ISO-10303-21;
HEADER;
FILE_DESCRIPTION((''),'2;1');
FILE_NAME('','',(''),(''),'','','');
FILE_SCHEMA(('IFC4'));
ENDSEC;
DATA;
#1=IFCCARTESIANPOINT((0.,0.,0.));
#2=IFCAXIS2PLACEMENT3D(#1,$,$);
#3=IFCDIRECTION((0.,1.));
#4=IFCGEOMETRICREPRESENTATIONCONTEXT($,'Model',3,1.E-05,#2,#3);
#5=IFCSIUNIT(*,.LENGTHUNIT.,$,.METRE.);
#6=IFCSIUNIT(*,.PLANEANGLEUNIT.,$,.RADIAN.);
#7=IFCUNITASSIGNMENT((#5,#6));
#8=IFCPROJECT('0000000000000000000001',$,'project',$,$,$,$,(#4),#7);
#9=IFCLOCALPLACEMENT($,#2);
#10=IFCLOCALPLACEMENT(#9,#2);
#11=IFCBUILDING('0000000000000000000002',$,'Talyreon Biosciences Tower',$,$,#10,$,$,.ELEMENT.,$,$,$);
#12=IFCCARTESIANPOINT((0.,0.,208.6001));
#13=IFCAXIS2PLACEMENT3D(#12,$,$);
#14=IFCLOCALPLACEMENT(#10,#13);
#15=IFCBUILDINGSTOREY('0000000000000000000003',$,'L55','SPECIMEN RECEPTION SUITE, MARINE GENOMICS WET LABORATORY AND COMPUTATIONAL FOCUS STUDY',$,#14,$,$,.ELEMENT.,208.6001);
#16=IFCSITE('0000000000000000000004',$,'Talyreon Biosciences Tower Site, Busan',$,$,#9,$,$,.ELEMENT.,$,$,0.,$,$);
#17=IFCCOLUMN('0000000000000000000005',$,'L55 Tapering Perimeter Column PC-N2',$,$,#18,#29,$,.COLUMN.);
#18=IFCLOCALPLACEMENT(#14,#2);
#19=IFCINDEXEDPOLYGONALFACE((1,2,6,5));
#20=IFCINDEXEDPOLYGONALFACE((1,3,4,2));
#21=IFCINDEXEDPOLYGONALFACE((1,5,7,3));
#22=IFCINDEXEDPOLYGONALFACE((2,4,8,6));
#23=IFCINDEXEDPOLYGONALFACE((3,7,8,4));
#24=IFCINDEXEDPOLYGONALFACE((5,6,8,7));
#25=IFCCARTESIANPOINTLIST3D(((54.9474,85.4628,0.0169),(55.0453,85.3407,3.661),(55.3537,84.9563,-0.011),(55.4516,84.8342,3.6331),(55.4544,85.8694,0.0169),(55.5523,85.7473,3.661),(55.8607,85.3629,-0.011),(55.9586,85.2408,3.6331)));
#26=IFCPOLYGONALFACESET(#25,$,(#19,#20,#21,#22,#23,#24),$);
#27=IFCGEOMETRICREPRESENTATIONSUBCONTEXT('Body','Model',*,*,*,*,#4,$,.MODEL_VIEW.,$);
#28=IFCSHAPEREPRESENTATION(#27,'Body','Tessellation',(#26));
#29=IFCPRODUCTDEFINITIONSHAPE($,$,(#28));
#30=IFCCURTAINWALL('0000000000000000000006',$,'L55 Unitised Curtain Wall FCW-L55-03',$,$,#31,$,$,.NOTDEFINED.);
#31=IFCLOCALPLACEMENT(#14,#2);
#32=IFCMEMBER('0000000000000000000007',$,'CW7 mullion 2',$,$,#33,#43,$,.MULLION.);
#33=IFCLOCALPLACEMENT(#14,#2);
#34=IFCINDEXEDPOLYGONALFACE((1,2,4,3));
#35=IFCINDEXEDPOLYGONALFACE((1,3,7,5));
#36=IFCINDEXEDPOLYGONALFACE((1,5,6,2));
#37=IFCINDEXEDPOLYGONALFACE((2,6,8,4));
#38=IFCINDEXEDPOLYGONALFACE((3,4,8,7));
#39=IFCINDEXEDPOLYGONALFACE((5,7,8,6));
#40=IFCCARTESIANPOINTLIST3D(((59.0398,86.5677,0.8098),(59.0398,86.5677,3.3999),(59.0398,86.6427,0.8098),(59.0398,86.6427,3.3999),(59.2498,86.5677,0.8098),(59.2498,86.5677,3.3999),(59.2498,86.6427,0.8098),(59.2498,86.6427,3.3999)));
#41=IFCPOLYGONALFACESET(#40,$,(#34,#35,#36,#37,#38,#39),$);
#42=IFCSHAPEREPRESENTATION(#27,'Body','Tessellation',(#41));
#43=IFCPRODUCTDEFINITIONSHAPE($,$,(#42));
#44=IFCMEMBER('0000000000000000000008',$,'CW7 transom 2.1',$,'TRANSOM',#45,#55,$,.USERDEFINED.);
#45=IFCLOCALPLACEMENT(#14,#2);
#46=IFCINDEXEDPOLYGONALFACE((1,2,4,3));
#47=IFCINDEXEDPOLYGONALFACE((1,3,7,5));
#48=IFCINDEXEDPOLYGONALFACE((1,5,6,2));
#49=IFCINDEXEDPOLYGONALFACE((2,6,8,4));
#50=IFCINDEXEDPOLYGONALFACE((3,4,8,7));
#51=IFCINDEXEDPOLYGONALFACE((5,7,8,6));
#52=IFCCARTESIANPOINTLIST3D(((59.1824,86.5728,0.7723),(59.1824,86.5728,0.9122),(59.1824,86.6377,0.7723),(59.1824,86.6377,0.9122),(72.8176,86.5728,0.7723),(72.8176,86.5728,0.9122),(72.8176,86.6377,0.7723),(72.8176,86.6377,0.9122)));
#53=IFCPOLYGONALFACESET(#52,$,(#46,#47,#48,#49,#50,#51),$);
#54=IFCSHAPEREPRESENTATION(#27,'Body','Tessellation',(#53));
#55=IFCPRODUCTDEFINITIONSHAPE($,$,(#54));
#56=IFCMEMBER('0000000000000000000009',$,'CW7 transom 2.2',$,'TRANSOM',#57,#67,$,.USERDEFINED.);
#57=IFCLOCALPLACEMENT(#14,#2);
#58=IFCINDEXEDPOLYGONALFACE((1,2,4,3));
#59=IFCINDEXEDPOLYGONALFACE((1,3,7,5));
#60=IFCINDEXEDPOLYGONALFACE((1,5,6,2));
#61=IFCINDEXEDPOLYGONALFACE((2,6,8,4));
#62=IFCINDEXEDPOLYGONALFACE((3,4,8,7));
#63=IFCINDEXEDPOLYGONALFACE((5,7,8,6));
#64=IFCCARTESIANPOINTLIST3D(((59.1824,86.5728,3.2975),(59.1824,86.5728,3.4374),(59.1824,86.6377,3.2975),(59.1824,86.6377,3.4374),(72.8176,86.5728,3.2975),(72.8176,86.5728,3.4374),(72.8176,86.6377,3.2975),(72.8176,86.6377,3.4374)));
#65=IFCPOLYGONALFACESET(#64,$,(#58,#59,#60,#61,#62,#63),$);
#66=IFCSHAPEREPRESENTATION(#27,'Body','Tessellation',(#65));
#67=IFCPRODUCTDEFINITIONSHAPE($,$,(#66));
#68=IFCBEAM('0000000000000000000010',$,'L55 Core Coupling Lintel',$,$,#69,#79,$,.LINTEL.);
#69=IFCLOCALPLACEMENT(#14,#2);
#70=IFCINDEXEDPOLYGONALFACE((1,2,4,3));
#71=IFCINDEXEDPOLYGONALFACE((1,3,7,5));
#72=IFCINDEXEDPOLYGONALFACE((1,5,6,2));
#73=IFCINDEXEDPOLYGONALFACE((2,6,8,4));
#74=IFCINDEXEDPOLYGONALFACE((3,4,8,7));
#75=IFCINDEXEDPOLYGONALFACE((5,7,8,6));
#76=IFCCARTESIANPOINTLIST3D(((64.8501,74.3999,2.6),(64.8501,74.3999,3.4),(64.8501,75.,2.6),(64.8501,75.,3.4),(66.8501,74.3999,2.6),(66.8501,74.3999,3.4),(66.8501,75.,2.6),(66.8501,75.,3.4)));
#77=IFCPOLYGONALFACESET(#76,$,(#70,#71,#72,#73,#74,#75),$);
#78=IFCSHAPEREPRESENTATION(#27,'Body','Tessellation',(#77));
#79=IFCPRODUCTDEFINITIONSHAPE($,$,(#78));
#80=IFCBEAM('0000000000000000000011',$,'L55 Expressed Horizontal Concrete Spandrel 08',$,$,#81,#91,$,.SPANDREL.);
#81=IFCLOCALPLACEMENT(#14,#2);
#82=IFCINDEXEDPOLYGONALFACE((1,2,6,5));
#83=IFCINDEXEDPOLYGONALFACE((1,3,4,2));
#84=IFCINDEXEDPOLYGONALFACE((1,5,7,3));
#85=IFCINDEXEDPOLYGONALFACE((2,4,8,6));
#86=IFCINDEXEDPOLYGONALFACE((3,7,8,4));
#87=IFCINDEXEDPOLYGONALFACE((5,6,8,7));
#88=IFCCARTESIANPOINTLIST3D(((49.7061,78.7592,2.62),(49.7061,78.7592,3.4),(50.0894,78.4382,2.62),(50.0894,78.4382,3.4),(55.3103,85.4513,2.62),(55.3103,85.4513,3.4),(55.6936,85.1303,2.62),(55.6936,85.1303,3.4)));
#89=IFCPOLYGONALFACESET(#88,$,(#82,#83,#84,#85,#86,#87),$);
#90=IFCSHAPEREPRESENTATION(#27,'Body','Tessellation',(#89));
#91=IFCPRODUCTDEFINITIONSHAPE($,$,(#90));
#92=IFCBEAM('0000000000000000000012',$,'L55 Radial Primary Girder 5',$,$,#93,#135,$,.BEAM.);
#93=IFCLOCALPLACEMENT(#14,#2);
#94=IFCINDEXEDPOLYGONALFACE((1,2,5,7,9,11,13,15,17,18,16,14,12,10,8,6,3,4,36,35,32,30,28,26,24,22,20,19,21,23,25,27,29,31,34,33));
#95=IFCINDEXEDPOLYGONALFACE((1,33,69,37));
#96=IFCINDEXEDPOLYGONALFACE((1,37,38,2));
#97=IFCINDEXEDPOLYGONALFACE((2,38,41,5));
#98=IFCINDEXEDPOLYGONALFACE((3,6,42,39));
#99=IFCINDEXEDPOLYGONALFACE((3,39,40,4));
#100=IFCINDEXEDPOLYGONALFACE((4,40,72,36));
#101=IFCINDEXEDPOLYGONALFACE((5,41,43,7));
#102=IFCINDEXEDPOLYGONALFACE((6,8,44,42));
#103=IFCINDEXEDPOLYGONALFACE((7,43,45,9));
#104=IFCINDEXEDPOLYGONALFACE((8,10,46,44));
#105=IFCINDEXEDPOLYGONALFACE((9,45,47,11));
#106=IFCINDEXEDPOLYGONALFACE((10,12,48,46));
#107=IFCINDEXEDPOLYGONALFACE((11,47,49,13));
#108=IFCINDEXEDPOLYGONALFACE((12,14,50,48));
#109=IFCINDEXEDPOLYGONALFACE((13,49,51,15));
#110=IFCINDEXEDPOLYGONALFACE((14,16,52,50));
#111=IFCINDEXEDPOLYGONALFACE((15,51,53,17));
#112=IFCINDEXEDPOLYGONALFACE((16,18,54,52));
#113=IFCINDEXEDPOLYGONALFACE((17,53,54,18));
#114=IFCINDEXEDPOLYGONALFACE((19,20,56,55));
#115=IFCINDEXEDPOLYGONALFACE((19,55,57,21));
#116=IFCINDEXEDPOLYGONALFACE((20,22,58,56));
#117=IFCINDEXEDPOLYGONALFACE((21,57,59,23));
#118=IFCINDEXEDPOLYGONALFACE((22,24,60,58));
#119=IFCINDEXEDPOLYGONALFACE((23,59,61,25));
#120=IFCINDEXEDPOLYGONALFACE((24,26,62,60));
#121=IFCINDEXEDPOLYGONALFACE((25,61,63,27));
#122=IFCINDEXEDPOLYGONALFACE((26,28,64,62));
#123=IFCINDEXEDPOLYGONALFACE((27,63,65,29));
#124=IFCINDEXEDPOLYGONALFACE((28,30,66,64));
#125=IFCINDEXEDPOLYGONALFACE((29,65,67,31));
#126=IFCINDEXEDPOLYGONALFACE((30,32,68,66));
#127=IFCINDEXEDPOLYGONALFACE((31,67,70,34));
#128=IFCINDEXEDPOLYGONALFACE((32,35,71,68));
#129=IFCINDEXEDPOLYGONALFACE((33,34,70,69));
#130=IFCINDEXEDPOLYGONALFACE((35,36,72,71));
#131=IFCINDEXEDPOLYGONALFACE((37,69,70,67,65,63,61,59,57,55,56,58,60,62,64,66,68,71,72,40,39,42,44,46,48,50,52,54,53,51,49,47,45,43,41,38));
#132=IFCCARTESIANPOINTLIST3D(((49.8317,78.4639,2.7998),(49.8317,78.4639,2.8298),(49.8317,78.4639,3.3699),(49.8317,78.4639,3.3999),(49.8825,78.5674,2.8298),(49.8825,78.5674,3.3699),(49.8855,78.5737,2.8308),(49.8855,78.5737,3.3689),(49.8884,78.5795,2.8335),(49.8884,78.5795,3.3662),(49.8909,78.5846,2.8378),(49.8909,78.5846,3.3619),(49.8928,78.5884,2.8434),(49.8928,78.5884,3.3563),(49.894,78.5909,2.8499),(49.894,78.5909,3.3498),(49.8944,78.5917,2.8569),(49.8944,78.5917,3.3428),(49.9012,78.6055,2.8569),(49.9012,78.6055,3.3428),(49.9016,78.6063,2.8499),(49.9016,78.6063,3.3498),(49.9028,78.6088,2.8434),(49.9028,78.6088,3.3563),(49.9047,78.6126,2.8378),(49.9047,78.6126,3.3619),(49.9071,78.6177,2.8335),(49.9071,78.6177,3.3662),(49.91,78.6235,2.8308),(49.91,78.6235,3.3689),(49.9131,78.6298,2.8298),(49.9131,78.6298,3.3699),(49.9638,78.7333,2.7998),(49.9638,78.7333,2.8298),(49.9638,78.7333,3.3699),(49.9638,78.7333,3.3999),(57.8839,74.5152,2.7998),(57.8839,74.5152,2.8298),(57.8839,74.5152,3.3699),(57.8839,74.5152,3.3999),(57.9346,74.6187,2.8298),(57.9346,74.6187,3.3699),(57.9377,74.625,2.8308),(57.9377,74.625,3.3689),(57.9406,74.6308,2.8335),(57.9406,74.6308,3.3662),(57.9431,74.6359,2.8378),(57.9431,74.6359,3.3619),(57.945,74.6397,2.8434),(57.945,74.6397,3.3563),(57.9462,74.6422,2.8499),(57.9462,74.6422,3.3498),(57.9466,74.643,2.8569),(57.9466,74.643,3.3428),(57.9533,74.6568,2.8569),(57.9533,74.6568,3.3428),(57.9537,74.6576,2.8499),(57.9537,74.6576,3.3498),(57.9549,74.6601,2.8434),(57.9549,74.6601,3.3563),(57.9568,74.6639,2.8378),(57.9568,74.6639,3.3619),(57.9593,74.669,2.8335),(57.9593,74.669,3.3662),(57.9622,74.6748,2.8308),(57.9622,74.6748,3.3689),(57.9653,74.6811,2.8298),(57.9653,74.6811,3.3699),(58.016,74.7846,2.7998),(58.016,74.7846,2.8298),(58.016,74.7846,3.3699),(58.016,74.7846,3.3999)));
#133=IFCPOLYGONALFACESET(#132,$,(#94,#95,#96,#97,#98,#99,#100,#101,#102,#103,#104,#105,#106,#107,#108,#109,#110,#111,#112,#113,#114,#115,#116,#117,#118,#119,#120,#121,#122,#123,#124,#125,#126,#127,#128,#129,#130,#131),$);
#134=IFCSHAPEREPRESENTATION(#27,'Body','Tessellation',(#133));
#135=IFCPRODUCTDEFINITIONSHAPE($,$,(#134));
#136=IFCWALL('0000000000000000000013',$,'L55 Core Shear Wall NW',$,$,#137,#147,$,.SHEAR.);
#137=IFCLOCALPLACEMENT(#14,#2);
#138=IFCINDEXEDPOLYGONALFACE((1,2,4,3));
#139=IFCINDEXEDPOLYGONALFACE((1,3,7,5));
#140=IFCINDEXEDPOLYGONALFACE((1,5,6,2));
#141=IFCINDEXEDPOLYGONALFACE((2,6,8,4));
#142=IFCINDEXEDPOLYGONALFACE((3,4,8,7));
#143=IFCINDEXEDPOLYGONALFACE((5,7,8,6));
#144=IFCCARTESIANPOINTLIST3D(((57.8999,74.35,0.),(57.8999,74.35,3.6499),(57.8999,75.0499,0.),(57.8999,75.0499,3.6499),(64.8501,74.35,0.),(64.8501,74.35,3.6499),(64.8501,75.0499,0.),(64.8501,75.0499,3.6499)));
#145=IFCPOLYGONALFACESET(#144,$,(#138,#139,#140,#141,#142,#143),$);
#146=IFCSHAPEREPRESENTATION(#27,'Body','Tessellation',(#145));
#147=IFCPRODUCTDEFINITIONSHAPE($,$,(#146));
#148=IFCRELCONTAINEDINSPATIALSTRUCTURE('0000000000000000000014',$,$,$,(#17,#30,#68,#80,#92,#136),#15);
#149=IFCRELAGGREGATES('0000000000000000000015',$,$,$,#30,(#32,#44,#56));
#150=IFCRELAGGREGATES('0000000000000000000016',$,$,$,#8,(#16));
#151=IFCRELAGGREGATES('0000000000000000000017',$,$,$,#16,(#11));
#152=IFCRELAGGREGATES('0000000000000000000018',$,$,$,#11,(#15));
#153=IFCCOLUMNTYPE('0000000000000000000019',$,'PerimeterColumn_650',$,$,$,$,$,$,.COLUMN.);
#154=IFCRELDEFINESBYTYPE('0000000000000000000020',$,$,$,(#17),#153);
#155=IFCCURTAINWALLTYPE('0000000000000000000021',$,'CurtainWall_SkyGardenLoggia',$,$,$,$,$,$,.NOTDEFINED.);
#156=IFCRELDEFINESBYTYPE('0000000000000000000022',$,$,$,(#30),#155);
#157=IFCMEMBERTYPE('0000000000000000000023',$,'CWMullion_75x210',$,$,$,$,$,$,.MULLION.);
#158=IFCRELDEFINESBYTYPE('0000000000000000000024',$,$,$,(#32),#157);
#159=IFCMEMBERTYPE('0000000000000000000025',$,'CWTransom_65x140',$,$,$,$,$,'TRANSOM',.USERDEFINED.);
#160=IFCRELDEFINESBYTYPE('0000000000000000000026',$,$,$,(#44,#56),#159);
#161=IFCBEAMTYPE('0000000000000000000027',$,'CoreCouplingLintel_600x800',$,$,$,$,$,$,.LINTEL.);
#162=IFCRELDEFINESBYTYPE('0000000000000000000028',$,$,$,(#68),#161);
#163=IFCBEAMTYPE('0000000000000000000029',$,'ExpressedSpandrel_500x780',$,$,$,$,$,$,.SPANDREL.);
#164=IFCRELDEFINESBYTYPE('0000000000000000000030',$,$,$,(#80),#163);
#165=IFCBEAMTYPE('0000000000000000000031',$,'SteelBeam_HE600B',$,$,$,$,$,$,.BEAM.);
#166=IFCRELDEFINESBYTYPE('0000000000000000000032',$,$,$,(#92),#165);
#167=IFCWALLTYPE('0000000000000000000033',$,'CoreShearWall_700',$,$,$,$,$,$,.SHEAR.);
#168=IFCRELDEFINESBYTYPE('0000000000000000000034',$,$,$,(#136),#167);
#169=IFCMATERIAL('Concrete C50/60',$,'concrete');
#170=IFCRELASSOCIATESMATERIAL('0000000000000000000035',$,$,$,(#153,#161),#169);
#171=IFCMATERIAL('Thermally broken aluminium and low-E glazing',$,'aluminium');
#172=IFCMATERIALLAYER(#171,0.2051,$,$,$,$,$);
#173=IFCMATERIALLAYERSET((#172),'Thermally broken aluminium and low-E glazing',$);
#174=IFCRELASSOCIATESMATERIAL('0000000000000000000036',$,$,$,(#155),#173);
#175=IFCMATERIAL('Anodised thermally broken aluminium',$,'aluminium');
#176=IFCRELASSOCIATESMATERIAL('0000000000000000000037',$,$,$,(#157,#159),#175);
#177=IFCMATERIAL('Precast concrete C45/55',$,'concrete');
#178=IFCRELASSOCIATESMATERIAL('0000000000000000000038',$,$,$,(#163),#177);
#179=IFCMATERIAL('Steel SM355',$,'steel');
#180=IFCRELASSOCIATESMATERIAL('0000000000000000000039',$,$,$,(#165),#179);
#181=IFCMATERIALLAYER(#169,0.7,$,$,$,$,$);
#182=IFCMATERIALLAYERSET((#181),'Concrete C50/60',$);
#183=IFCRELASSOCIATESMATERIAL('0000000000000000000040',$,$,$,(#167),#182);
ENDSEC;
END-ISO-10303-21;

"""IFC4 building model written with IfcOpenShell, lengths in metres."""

from ifc_helpers import new_model, si_unit, direction, frame, frame_2d, origin, origin_2d, place, context, subcontext, project, spatial, rectangle, i_section, extrude, material, layer, layer_set, material_profile, profile_set, type_object, element, aggregate, save


model = new_model("IFC4")

# Units and contexts
model_context = context("Model", 3, precision=1e-05, world=origin(), true_north=direction((0.0, 1.0)))
body_context = subcontext(model_context, "Body", "Model", "MODEL_VIEW")
ifc_project = project(units=[si_unit("LENGTHUNIT", "METRE"), si_unit("PLANEANGLEUNIT", "RADIAN")], contexts=[model_context])

# Site, building, storey
site_placement = place(None, origin())
site = spatial("IfcSite", under=ifc_project, at=site_placement, Name="Talyreon Biosciences Tower Site, Busan", CompositionType="ELEMENT", RefElevation=0.0)
building_placement = place(site_placement, origin())
building = spatial("IfcBuilding", under=site, at=building_placement, Name="Talyreon Biosciences Tower", CompositionType="ELEMENT")
storey_placement = place(building_placement, frame((0.0, 0.0, 208.6001)))
storey = spatial("IfcBuildingStorey", under=building, at=storey_placement, Name="L55", Description="SPECIMEN RECEPTION SUITE, MARINE GENOMICS WET LABORATORY AND COMPUTATIONAL FOCUS STUDY", CompositionType="ELEMENT", Elevation=208.6001)

# Column
ifc_material_1 = material(Name="Concrete C50/60", Category="concrete")
ifc_material_profile_1 = material_profile(ifc_material_1, rectangle(XDim=0.6499, YDim=0.6499, at=origin_2d()), Name="RC 650x650")
ifc_profile_set_1 = profile_set([ifc_material_profile_1], Name="Concrete C50/60")
column_type = type_object("IfcColumnType", Name="PerimeterColumn_650", PredefinedType="COLUMN", material=ifc_profile_set_1)
column_placement = place(storey_placement, frame((55.4041, 85.4128, 0.0029), z_axis=(0.026841, -0.033468, 0.999079), x_axis=(-0.780107, -0.625646, 0.0)))
element("IfcColumn", 1, at=column_placement, inside=storey, type_object=column_type, Name="L55 Tapering Perimeter Column PC-N2", PredefinedType="COLUMN", context=body_context, shape_type="SweptSolid", body=[
    extrude(rectangle(XDim=0.6499, YDim=0.6499, at=origin_2d()), origin(), (0.0, 0.0, 1.0), 3.6475),
])

# Curtain wall, members
ifc_material_2 = material(Name="Thermally broken aluminium and low-E glazing", Category="aluminium")
ifc_layer_1 = layer(ifc_material_2, 0.2051)
ifc_layer_set_1 = layer_set([ifc_layer_1], Name="Thermally broken aluminium and low-E glazing")
curtain_wall_type = type_object("IfcCurtainWallType", Name="CurtainWall_SkyGardenLoggia", PredefinedType="NOTDEFINED", material=ifc_layer_set_1)
curtain_wall_placement = place(storey_placement, origin())
curtain_wall = element("IfcCurtainWall", 2, at=curtain_wall_placement, inside=storey, type_object=curtain_wall_type, Name="L55 Unitised Curtain Wall FCW-L55-03", PredefinedType="NOTDEFINED")
ifc_material_3 = material(Name="Anodised thermally broken aluminium", Category="aluminium")
ifc_material_profile_2 = material_profile(ifc_material_3, rectangle(XDim=0.075, YDim=0.21, at=origin_2d()), Name="ALUM MULLION 75x210")
ifc_profile_set_2 = profile_set([ifc_material_profile_2], Name="Anodised thermally broken aluminium")
member_type_1 = type_object("IfcMemberType", Name="CWMullion_75x210", PredefinedType="MULLION", material=ifc_profile_set_2)
member_1_placement = place(storey_placement, frame((59.1448, 86.6052, 0.8098), z_axis=(0.0, 0.0, 1.0), x_axis=(0.0, 1.0, 0.0)))
member_1 = element("IfcMember", 3, at=member_1_placement, type_object=member_type_1, Name="CW7 mullion 2", PredefinedType="MULLION", context=body_context, shape_type="SweptSolid", body=[
    extrude(rectangle(XDim=0.075, YDim=0.21, at=origin_2d()), origin(), (0.0, 0.0, 1.0), 2.5901),
])
ifc_material_profile_3 = material_profile(ifc_material_3, rectangle(XDim=0.0649, YDim=0.1399, at=origin_2d()), Name="ALUM TRANSOM 65x140")
ifc_profile_set_3 = profile_set([ifc_material_profile_3], Name="Anodised thermally broken aluminium")
member_type_2 = type_object("IfcMemberType", Name="CWTransom_65x140", ElementType="TRANSOM", PredefinedType="USERDEFINED", material=ifc_profile_set_3)
member_2_placement = place(storey_placement, frame((59.1824, 86.6052, 0.8423), z_axis=(1.0, 0.0, 0.0), x_axis=(0.0, 1.0, 0.0)))
member_2 = element("IfcMember", 4, at=member_2_placement, type_object=member_type_2, Name="CW7 transom 2.1", ObjectType="TRANSOM", PredefinedType="USERDEFINED", context=body_context, shape_type="SweptSolid", body=[
    extrude(rectangle(XDim=0.0649, YDim=0.1399, at=origin_2d()), origin(), (0.0, 0.0, 1.0), 13.6353),
])
member_3_placement = place(storey_placement, frame((59.1824, 86.6052, 3.3674), z_axis=(1.0, 0.0, 0.0), x_axis=(0.0, 1.0, 0.0)))
member_3 = element("IfcMember", 5, at=member_3_placement, type_object=member_type_2, Name="CW7 transom 2.2", ObjectType="TRANSOM", PredefinedType="USERDEFINED", context=body_context, shape_type="SweptSolid", body=[
    extrude(rectangle(XDim=0.0649, YDim=0.1399, at=origin_2d()), origin(), (0.0, 0.0, 1.0), 13.6353),
])
aggregate(curtain_wall, [member_1, member_2, member_3])

# Beams
ifc_material_profile_4 = material_profile(ifc_material_1, rectangle(XDim=0.6001, YDim=0.8, at=origin_2d()), Name="RCB 600x800")
ifc_profile_set_4 = profile_set([ifc_material_profile_4], Name="Concrete C50/60")
beam_type_1 = type_object("IfcBeamType", Name="CoreCouplingLintel_600x800", PredefinedType="LINTEL", material=ifc_profile_set_4)
beam_1_placement = place(storey_placement, frame((64.8501, 74.7, 3.0), z_axis=(1.0, 0.0, 0.0), x_axis=(0.0, 1.0, 0.0)))
element("IfcBeam", 6, at=beam_1_placement, inside=storey, type_object=beam_type_1, Name="L55 Core Coupling Lintel", PredefinedType="LINTEL", context=body_context, shape_type="SweptSolid", body=[
    extrude(rectangle(XDim=0.6001, YDim=0.8, at=origin_2d()), origin(), (0.0, 0.0, 1.0), 2.0),
])
ifc_material_4 = material(Name="Precast concrete C45/55", Category="concrete")
ifc_material_profile_5 = material_profile(ifc_material_4, rectangle(XDim=0.5, YDim=0.78, at=origin_2d()), Name="RCB 500x780")
ifc_profile_set_5 = profile_set([ifc_material_profile_5], Name="Precast concrete C45/55")
beam_type_2 = type_object("IfcBeamType", Name="ExpressedSpandrel_500x780", PredefinedType="SPANDREL", material=ifc_profile_set_5)
beam_2_placement = place(storey_placement, frame((55.502, 85.2908, 3.01), z_axis=(-0.64204, -0.766672, 0.0), x_axis=(0.766672, -0.64204, 0.0)))
element("IfcBeam", 7, at=beam_2_placement, inside=storey, type_object=beam_type_2, Name="L55 Expressed Horizontal Concrete Spandrel 08", PredefinedType="SPANDREL", context=body_context, shape_type="SweptSolid", body=[
    extrude(rectangle(XDim=0.5, YDim=0.78, at=origin_2d()), origin(), (0.0, 0.0, 1.0), 8.7288),
])
ifc_material_5 = material(Name="Steel SM355", Category="steel")
ifc_material_profile_6 = material_profile(ifc_material_5, i_section(OverallWidth=0.3, OverallDepth=0.6001, WebThickness=0.0154, FlangeThickness=0.03, FilletRadius=0.0271, at=origin_2d()), Name="HE600B")
ifc_profile_set_6 = profile_set([ifc_material_profile_6], Name="Steel SM355")
beam_type_3 = type_object("IfcBeamType", Name="SteelBeam_HE600B", PredefinedType="BEAM", material=ifc_profile_set_6)
beam_3_placement = place(storey_placement, frame((57.95, 74.6499, 3.0999), z_axis=(-0.897852, 0.440297, 0.0), x_axis=(-0.440297, -0.897852, 0.0)))
element("IfcBeam", 8, at=beam_3_placement, inside=storey, type_object=beam_type_3, Name="L55 Radial Primary Girder 5", PredefinedType="BEAM", context=body_context, shape_type="SweptSolid", body=[
    extrude(i_section(OverallWidth=0.3, OverallDepth=0.6001, WebThickness=0.0154, FlangeThickness=0.03, FilletRadius=0.0271, at=origin_2d()), origin(), (0.0, 0.0, 1.0), 8.9683),
])

# Wall
ifc_layer_2 = layer(ifc_material_1, 0.7)
ifc_layer_set_2 = layer_set([ifc_layer_2], Name="Concrete C50/60")
wall_type_1 = type_object("IfcWallType", Name="CoreShearWall_700", PredefinedType="SHEAR", material=ifc_layer_set_2)
wall_1_placement = place(storey_placement, frame((64.8501, 74.7, 0.0), z_axis=(0.0, 0.0, 1.0), x_axis=(-1.0, 0.0, 0.0)))
element("IfcWall", 9, at=wall_1_placement, inside=storey, type_object=wall_type_1, Name="L55 Core Shear Wall NW", PredefinedType="SHEAR", context=body_context, shape_type="SweptSolid", body=[
    extrude(rectangle(XDim=6.9502, YDim=0.7, at=frame_2d((3.4751, 0.0))), origin(), (0.0, 0.0, 1.0), 3.6499),
])

save(model, "model.ifc")
